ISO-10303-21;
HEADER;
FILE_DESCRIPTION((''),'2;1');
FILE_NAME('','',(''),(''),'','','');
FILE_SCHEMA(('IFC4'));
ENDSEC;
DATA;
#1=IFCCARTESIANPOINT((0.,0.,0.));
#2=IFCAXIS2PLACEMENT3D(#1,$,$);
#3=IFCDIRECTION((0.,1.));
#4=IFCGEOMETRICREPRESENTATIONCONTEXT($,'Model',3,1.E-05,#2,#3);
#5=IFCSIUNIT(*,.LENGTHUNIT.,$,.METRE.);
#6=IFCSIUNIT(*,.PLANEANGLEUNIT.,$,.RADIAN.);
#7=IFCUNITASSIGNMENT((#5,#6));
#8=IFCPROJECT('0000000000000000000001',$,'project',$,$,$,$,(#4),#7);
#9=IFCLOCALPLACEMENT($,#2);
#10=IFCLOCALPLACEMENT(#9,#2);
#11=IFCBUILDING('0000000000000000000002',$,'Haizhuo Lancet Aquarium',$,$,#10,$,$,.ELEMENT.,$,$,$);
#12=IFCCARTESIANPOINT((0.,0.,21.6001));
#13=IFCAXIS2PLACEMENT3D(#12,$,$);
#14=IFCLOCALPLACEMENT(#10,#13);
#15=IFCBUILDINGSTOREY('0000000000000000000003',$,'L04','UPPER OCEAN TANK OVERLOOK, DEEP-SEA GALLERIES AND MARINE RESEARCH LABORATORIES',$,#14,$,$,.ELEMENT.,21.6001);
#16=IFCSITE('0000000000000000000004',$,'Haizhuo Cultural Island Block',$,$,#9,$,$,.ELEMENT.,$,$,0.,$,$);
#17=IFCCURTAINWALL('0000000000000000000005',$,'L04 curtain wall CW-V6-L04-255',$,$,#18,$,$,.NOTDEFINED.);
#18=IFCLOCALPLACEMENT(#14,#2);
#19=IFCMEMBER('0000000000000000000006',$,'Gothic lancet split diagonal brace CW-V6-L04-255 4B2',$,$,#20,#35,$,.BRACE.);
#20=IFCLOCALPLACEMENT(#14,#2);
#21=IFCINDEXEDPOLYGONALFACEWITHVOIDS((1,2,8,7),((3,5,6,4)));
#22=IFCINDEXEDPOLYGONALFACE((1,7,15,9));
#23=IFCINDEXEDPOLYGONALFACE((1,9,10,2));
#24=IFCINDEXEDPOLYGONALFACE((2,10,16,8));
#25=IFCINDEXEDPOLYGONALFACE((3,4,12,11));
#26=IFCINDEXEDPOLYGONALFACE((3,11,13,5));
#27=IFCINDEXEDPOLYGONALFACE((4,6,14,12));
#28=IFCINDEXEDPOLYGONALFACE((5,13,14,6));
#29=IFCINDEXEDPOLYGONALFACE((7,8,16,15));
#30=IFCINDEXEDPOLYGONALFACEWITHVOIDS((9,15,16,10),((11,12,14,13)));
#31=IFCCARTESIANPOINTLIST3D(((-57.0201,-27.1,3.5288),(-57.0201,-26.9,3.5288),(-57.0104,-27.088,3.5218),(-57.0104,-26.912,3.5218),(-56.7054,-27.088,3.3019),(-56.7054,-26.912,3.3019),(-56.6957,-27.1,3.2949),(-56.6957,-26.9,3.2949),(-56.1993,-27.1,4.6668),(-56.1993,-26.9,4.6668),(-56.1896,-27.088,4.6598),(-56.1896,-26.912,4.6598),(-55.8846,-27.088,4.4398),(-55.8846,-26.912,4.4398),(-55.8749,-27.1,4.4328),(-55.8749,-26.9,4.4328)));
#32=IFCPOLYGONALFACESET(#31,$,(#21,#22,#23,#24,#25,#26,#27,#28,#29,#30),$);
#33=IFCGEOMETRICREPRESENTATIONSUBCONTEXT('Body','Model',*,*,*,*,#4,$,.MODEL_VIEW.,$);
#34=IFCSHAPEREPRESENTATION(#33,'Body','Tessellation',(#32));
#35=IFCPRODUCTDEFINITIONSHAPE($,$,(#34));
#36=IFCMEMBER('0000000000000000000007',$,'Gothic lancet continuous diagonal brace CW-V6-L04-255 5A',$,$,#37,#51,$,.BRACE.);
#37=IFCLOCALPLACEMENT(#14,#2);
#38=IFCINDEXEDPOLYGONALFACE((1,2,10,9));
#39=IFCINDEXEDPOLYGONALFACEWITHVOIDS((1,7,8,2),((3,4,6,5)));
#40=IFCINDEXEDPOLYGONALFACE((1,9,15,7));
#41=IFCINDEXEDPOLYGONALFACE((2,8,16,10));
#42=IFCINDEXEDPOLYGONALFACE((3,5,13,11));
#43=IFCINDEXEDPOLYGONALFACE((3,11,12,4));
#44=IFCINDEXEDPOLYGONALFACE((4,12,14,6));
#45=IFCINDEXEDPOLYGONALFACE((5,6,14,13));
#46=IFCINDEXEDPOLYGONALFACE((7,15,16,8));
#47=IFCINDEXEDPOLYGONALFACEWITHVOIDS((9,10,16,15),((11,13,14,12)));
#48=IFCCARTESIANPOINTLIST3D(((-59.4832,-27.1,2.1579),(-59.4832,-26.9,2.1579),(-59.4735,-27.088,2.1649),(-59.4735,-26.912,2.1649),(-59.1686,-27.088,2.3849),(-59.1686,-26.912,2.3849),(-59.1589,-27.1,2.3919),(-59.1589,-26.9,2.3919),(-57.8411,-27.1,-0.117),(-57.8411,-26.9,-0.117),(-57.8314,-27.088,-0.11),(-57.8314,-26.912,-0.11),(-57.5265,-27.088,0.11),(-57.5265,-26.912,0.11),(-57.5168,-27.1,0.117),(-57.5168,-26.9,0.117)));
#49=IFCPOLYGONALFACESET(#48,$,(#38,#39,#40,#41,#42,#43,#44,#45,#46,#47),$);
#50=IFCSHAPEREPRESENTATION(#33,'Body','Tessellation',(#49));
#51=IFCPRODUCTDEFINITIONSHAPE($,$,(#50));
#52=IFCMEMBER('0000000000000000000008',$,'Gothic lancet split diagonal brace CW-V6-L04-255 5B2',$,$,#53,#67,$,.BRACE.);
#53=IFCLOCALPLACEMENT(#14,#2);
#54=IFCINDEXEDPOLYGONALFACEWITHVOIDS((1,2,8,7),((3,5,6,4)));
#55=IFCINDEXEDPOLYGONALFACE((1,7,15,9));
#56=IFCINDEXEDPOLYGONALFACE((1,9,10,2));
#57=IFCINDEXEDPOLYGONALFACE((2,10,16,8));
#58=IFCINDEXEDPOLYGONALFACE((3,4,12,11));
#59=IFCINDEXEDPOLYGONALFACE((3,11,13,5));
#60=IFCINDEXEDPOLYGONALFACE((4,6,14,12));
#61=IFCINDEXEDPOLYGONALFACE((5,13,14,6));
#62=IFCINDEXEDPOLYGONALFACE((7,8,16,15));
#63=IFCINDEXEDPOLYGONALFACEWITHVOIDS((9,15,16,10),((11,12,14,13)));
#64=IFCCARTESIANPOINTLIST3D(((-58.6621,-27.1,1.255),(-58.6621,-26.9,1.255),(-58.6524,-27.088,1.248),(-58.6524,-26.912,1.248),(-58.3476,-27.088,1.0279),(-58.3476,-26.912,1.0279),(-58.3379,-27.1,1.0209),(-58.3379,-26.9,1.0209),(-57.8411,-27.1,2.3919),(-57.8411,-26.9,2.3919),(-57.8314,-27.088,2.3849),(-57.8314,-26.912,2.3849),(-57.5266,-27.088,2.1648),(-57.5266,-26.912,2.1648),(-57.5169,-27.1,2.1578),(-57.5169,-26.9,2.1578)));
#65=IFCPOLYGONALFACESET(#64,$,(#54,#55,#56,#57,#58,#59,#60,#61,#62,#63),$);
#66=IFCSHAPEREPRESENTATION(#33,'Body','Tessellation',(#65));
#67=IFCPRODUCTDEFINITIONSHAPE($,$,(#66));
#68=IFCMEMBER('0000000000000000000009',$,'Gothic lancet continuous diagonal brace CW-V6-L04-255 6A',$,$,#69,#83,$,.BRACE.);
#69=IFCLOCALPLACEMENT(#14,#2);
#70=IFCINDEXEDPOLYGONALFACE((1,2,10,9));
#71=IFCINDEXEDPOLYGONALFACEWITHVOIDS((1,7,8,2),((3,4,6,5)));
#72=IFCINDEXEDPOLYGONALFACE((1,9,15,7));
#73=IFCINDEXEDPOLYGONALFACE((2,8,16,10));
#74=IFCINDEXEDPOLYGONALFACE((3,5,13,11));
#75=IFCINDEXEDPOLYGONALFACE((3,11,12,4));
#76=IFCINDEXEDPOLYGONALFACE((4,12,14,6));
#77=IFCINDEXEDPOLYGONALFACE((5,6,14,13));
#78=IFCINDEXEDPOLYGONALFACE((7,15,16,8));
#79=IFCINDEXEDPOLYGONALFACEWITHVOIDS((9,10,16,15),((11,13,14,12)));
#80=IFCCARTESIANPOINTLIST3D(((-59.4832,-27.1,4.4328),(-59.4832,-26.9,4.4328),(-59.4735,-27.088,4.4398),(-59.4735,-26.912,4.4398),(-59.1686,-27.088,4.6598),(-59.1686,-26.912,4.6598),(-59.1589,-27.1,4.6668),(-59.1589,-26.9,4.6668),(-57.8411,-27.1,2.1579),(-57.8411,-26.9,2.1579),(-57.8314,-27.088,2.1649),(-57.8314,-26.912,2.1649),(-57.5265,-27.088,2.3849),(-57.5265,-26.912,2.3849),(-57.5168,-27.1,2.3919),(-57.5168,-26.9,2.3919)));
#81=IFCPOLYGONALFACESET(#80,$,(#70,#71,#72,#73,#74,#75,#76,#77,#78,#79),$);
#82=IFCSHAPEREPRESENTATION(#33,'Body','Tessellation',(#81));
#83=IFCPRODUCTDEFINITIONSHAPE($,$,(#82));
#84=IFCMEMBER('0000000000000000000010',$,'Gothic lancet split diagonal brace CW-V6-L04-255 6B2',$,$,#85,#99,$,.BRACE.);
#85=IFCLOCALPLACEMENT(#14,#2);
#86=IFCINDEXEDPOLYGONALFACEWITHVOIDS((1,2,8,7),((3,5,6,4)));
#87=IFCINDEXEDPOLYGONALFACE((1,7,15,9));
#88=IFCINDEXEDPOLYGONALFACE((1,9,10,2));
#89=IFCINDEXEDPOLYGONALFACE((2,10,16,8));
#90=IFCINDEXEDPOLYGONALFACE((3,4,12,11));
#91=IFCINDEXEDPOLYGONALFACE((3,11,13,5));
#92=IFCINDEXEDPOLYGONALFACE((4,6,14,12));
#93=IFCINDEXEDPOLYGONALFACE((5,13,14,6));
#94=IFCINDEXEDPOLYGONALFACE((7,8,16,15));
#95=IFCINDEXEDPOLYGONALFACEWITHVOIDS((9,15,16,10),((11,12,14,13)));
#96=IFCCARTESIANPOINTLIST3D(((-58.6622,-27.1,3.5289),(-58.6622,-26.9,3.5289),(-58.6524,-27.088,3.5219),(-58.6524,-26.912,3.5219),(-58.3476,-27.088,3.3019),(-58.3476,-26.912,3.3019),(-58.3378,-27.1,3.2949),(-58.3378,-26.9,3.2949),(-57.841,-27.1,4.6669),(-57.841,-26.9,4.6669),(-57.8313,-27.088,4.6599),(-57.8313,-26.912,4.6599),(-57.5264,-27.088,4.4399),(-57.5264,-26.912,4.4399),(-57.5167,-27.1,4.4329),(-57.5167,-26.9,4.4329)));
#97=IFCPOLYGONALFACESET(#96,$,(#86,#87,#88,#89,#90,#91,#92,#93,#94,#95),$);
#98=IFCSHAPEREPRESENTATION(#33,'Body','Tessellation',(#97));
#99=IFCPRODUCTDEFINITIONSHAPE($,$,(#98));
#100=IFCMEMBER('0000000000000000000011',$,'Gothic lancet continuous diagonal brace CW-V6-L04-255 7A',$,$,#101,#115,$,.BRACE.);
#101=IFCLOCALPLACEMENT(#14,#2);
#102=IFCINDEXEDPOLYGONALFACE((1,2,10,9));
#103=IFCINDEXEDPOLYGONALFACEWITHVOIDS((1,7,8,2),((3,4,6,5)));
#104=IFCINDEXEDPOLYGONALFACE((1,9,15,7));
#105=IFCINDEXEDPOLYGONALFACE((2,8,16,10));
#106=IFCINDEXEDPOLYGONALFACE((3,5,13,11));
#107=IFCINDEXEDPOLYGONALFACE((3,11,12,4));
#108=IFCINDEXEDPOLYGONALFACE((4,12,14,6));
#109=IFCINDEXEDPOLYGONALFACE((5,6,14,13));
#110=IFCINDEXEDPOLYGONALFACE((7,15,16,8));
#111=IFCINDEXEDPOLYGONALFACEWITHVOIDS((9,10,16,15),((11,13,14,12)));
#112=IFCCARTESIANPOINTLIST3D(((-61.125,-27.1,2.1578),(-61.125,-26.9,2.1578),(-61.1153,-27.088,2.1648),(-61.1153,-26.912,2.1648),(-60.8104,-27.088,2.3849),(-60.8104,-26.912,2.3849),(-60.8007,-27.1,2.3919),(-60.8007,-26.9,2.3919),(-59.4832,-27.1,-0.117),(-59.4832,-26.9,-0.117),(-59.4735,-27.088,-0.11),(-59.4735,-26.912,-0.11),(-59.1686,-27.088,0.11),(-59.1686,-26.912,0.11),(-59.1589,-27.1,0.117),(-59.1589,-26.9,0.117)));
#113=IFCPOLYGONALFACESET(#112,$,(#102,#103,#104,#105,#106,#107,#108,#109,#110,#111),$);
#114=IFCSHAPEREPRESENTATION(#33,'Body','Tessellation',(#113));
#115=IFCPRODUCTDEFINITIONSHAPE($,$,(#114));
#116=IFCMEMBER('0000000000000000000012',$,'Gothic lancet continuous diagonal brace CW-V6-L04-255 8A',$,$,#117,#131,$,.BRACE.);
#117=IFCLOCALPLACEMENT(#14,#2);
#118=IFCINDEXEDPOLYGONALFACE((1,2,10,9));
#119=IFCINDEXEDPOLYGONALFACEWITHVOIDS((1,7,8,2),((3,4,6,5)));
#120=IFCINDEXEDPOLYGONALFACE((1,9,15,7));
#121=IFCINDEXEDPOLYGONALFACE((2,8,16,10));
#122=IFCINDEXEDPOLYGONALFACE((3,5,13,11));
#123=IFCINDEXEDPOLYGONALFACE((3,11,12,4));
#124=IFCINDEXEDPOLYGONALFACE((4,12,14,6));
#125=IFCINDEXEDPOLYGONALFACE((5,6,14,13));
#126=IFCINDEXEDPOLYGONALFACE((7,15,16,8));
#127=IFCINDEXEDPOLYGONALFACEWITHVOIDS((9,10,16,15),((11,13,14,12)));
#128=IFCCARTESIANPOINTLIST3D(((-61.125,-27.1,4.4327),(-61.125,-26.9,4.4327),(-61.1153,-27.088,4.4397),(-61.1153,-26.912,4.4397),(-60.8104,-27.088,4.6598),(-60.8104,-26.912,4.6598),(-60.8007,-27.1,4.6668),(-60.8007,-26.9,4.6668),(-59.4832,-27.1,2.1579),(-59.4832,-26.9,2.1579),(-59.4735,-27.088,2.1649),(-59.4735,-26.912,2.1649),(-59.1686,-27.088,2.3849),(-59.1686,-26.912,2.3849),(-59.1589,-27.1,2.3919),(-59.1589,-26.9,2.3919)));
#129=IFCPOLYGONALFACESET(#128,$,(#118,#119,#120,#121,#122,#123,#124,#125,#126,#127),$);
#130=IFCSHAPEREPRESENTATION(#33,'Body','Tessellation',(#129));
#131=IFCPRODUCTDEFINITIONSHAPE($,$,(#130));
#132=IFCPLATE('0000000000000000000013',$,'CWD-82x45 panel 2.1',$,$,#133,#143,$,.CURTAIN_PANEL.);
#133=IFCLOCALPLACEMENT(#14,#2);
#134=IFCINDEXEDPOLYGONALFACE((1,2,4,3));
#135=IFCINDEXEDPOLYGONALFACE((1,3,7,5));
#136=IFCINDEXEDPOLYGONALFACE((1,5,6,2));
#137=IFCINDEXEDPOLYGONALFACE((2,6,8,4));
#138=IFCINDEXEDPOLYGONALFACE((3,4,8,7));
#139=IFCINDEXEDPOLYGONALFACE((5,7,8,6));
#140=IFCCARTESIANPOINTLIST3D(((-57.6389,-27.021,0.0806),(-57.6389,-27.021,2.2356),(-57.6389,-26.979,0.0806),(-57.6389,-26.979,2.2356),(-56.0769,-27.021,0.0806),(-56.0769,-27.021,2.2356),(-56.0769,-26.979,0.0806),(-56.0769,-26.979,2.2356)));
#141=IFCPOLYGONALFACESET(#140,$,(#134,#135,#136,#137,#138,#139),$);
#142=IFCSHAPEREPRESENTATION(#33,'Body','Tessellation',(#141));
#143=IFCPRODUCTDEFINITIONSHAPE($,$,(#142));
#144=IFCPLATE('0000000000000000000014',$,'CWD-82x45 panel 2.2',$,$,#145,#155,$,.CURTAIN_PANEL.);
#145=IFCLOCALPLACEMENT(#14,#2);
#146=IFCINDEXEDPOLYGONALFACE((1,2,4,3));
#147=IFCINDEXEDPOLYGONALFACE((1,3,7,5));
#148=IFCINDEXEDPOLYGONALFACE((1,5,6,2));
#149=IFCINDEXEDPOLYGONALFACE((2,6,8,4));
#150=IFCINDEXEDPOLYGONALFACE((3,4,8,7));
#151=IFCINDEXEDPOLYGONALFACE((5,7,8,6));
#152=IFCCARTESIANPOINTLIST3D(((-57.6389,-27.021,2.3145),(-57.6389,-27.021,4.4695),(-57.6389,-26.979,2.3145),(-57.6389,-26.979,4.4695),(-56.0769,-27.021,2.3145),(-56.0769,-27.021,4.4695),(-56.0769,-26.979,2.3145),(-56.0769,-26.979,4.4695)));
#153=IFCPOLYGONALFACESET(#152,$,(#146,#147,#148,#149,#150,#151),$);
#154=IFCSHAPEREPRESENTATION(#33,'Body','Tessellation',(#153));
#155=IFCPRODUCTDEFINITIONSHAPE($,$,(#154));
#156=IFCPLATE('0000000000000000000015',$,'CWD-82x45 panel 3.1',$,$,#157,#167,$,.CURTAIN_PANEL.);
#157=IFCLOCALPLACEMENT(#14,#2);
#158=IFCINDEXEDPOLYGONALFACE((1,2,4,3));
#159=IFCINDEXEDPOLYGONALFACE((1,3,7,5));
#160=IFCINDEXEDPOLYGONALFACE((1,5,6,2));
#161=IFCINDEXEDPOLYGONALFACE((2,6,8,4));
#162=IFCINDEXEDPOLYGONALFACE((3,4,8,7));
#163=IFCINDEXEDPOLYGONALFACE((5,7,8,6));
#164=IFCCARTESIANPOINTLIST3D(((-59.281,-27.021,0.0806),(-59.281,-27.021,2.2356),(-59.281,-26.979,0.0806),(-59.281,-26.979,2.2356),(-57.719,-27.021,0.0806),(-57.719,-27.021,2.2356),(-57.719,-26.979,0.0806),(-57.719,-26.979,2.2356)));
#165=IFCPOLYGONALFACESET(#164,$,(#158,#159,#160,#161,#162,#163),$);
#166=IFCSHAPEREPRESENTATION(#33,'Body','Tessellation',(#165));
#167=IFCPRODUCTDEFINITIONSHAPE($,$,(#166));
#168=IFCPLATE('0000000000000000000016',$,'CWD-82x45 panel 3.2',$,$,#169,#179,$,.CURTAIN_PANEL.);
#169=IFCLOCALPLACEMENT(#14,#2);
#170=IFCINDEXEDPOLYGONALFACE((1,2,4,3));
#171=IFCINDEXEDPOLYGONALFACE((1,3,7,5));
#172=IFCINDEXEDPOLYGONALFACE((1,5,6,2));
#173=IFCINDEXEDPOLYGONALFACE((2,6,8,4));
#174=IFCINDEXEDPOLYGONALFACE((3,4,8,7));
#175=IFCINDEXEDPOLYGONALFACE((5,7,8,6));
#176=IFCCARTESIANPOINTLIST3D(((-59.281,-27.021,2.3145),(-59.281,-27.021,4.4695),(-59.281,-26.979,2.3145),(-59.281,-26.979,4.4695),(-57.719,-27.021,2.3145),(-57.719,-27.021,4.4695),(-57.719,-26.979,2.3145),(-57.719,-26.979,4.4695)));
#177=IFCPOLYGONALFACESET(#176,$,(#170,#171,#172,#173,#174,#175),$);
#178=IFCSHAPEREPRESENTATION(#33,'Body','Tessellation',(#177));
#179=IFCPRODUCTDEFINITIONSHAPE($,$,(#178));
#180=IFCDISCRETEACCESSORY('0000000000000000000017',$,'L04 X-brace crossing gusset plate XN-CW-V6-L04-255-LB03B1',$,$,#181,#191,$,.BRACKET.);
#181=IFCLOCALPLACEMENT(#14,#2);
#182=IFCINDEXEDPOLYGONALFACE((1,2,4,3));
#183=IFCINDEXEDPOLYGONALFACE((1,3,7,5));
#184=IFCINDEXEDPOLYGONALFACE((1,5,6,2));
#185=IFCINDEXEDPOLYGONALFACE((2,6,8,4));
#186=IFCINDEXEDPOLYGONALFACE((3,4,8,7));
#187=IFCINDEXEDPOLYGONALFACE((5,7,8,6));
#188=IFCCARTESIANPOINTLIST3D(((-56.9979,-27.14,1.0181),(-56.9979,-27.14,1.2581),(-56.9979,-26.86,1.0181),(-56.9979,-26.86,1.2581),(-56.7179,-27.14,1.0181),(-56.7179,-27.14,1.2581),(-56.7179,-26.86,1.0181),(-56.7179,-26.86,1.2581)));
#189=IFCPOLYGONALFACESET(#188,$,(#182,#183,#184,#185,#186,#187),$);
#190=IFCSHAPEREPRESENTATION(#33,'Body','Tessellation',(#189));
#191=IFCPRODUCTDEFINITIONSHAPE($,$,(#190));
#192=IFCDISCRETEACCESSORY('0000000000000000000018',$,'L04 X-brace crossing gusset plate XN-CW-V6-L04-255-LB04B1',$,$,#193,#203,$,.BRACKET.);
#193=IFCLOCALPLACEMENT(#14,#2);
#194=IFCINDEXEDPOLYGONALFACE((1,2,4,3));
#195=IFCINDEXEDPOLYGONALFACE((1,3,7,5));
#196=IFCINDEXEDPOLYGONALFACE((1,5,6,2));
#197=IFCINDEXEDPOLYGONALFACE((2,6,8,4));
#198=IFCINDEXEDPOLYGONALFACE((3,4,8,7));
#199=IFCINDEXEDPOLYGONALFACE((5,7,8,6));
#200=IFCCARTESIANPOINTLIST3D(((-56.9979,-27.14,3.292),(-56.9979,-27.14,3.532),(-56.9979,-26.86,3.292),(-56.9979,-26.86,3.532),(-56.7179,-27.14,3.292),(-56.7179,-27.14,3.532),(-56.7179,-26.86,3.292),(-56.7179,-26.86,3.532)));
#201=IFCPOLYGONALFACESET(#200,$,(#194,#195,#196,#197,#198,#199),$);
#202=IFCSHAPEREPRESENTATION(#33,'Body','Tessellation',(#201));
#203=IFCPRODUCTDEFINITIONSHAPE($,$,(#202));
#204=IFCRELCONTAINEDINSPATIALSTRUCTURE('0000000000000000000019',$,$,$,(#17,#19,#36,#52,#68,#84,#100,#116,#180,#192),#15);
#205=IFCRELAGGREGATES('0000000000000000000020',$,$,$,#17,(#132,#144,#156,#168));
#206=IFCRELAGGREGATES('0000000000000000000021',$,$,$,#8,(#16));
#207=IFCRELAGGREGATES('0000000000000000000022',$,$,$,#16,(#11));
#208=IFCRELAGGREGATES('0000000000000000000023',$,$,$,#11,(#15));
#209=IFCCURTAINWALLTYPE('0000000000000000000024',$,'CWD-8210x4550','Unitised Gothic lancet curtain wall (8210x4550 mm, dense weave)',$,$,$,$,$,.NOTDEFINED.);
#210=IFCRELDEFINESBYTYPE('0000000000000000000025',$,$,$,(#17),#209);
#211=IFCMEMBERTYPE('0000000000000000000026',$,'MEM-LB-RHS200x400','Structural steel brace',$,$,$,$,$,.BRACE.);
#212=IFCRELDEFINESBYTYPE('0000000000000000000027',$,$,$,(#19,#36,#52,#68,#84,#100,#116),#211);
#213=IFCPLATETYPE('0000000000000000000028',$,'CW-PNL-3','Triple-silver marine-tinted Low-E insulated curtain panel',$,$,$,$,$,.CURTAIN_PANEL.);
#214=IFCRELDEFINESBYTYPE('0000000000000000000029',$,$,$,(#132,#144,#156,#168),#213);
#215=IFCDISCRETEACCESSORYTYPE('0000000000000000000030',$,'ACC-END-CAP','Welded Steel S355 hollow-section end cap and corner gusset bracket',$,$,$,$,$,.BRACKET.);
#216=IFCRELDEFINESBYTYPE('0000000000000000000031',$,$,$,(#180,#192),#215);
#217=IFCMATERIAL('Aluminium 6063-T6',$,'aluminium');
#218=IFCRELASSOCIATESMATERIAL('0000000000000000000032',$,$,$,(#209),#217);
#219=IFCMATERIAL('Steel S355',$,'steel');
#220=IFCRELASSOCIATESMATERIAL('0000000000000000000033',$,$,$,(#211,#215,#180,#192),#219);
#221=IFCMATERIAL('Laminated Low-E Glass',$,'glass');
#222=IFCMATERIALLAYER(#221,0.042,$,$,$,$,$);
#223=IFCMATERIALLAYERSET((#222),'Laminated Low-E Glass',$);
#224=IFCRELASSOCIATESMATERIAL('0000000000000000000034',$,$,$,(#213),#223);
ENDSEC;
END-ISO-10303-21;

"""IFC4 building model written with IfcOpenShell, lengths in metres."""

from ifc_helpers import new_model, si_unit, direction, frame, origin, origin_2d, place, context, subcontext, project, spatial, rectangle, hollow_rectangle, extrude, material, layer, layer_set, material_profile, profile_set, type_object, element, aggregate, save


model = new_model("IFC4")

# Units and contexts
model_context = context("Model", 3, precision=1e-05, world=origin(), true_north=direction((0.0, 1.0)))
body_context = subcontext(model_context, "Body", "Model", "MODEL_VIEW")
ifc_project = project(units=[si_unit("LENGTHUNIT", "METRE"), si_unit("PLANEANGLEUNIT", "RADIAN")], contexts=[model_context])

# Site, building, storey
site_placement = place(None, origin())
site = spatial("IfcSite", under=ifc_project, at=site_placement, Name="Haizhuo Cultural Island Block", CompositionType="ELEMENT", RefElevation=0.0)
building_placement = place(site_placement, origin())
building = spatial("IfcBuilding", under=site, at=building_placement, Name="Haizhuo Lancet Aquarium", CompositionType="ELEMENT")
storey_placement = place(building_placement, frame((0.0, 0.0, 21.6001)))
storey = spatial("IfcBuildingStorey", under=building, at=storey_placement, Name="L04", Description="UPPER OCEAN TANK OVERLOOK, DEEP-SEA GALLERIES AND MARINE RESEARCH LABORATORIES", CompositionType="ELEMENT", Elevation=21.6001)

# Curtain wall
ifc_material_1 = material(Name="Aluminium 6063-T6", Category="aluminium")
curtain_wall_type = type_object("IfcCurtainWallType", Name="CWD-8210x4550", Description="Unitised Gothic lancet curtain wall (8210x4550 mm, dense weave)", PredefinedType="NOTDEFINED", material=ifc_material_1)
curtain_wall_placement = place(storey_placement, origin())
curtain_wall = element("IfcCurtainWall", 1, at=curtain_wall_placement, inside=storey, type_object=curtain_wall_type, Name="L04 curtain wall CW-V6-L04-255", PredefinedType="NOTDEFINED")

# Members
ifc_material_2 = material(Name="Steel S355", Category="steel")
ifc_material_profile_1 = material_profile(ifc_material_2, hollow_rectangle(XDim=0.2, YDim=0.3999, WallThickness=0.012, at=origin_2d()), Name="RHS 200x400x12")
ifc_profile_set_1 = profile_set([ifc_material_profile_1], Name="Steel S355")
member_type_1 = type_object("IfcMemberType", Name="MEM-LB-RHS200x400", Description="Structural steel brace", PredefinedType="BRACE", material=ifc_profile_set_1)
member_1_placement = place(storey_placement, frame((-56.8579, -27.0, 3.4119), z_axis=(0.585001, 0.0, 0.811032), x_axis=(0.0, 1.0, 0.0)))
element("IfcMember", 2, at=member_1_placement, inside=storey, type_object=member_type_1, Name="Gothic lancet split diagonal brace CW-V6-L04-255 4B2", PredefinedType="BRACE", context=body_context, shape_type="SweptSolid", body=[
    extrude(hollow_rectangle(XDim=0.2, YDim=0.3999, WallThickness=0.012, at=origin_2d()), origin(), (0.0, 0.0, 1.0), 1.4031),
])
member_2_placement = place(storey_placement, frame((-57.679, -27.0, 0.0), z_axis=(-0.585281, 0.0, 0.810831), x_axis=(0.0, -1.0, 0.0)))
element("IfcMember", 3, at=member_2_placement, inside=storey, type_object=member_type_1, Name="Gothic lancet continuous diagonal brace CW-V6-L04-255 5A", PredefinedType="BRACE", context=body_context, shape_type="SweptSolid", body=[
    extrude(hollow_rectangle(XDim=0.2, YDim=0.3999, WallThickness=0.012, at=origin_2d()), origin(), (0.0, 0.0, 1.0), 2.8057),
])
member_3_placement = place(storey_placement, frame((-58.5, -27.0, 1.1379), z_axis=(0.585446, 0.0, 0.810711), x_axis=(0.0, 1.0, 0.0)))
element("IfcMember", 4, at=member_3_placement, inside=storey, type_object=member_type_1, Name="Gothic lancet split diagonal brace CW-V6-L04-255 5B2", PredefinedType="BRACE", context=body_context, shape_type="SweptSolid", body=[
    extrude(hollow_rectangle(XDim=0.2, YDim=0.3999, WallThickness=0.012, at=origin_2d()), origin(), (0.0, 0.0, 1.0), 1.4023),
])
member_4_placement = place(storey_placement, frame((-57.679, -27.0, 2.2749), z_axis=(-0.585281, 0.0, 0.810831), x_axis=(0.0, -1.0, 0.0)))
element("IfcMember", 5, at=member_4_placement, inside=storey, type_object=member_type_1, Name="Gothic lancet continuous diagonal brace CW-V6-L04-255 6A", PredefinedType="BRACE", context=body_context, shape_type="SweptSolid", body=[
    extrude(hollow_rectangle(XDim=0.2, YDim=0.3999, WallThickness=0.012, at=origin_2d()), origin(), (0.0, 0.0, 1.0), 2.8057),
])
member_5_placement = place(storey_placement, frame((-58.5, -27.0, 3.4119), z_axis=(0.585116, 0.0, 0.81095), x_axis=(0.0, 1.0, 0.0)))
element("IfcMember", 6, at=member_5_placement, inside=storey, type_object=member_type_1, Name="Gothic lancet split diagonal brace CW-V6-L04-255 6B2", PredefinedType="BRACE", context=body_context, shape_type="SweptSolid", body=[
    extrude(hollow_rectangle(XDim=0.2, YDim=0.3999, WallThickness=0.012, at=origin_2d()), origin(), (0.0, 0.0, 1.0), 1.4033),
])
for number, where, z_axis, x_axis, name in (
    (7, (-59.321, -27.0, 0.0), (-0.585224, 0.0, 0.810872), (0.0, -1.0, 0.0), "Gothic lancet continuous diagonal brace CW-V6-L04-255 7A"),
    (8, (-59.321, -27.0, 2.2749), (-0.585224, 0.0, 0.810872), (0.0, -1.0, 0.0), "Gothic lancet continuous diagonal brace CW-V6-L04-255 8A"),
):
    element("IfcMember", number, at=place(storey_placement, frame(where, z_axis=z_axis, x_axis=x_axis)), inside=storey, type_object=member_type_1, Name=name, PredefinedType="BRACE", context=body_context, shape_type="SweptSolid", body=[
        extrude(hollow_rectangle(XDim=0.2, YDim=0.3999, WallThickness=0.012, at=origin_2d()), origin(), (0.0, 0.0, 1.0), 2.8054),
    ])

# Plates
ifc_material_3 = material(Name="Laminated Low-E Glass", Category="glass")
ifc_layer = layer(ifc_material_3, 0.042)
ifc_layer_set = layer_set([ifc_layer], Name="Laminated Low-E Glass")
plate_type = type_object("IfcPlateType", Name="CW-PNL-3", Description="Triple-silver marine-tinted Low-E insulated curtain panel", PredefinedType="CURTAIN_PANEL", material=ifc_layer_set)
plate_1_placement = place(storey_placement, frame((-56.8579, -27.0, 0.0806), z_axis=(0.0, 0.0, 1.0), x_axis=(-1.0, 0.0, 0.0)))
plate_1 = element("IfcPlate", 9, at=plate_1_placement, type_object=plate_type, Name="CWD-82x45 panel 2.1", PredefinedType="CURTAIN_PANEL", context=body_context, shape_type="SweptSolid", body=[
    extrude(rectangle(XDim=1.562, YDim=0.042, at=origin_2d()), origin(), (0.0, 0.0, 1.0), 2.155),
])
plate_2_placement = place(storey_placement, frame((-56.8579, -27.0, 2.3145), z_axis=(0.0, 0.0, 1.0), x_axis=(-1.0, 0.0, 0.0)))
plate_2 = element("IfcPlate", 10, at=plate_2_placement, type_object=plate_type, Name="CWD-82x45 panel 2.2", PredefinedType="CURTAIN_PANEL", context=body_context, shape_type="SweptSolid", body=[
    extrude(rectangle(XDim=1.562, YDim=0.042, at=origin_2d()), origin(), (0.0, 0.0, 1.0), 2.155),
])
plate_3_placement = place(storey_placement, frame((-58.5, -27.0, 0.0806), z_axis=(0.0, 0.0, 1.0), x_axis=(-1.0, 0.0, 0.0)))
plate_3 = element("IfcPlate", 11, at=plate_3_placement, type_object=plate_type, Name="CWD-82x45 panel 3.1", PredefinedType="CURTAIN_PANEL", context=body_context, shape_type="SweptSolid", body=[
    extrude(rectangle(XDim=1.562, YDim=0.042, at=origin_2d()), origin(), (0.0, 0.0, 1.0), 2.155),
])
plate_4_placement = place(storey_placement, frame((-58.5, -27.0, 2.3145), z_axis=(0.0, 0.0, 1.0), x_axis=(-1.0, 0.0, 0.0)))
plate_4 = element("IfcPlate", 12, at=plate_4_placement, type_object=plate_type, Name="CWD-82x45 panel 3.2", PredefinedType="CURTAIN_PANEL", context=body_context, shape_type="SweptSolid", body=[
    extrude(rectangle(XDim=1.562, YDim=0.042, at=origin_2d()), origin(), (0.0, 0.0, 1.0), 2.155),
])
aggregate(curtain_wall, [plate_1, plate_2, plate_3, plate_4])

# Discrete accessories
discrete_accessory_type = type_object("IfcDiscreteAccessoryType", Name="ACC-END-CAP", Description="Welded Steel S355 hollow-section end cap and corner gusset bracket", PredefinedType="BRACKET", material=ifc_material_2)
for number, where, z_axis, x_axis, name in (
    (13, (-56.8579, -27.0, 1.0181), (0.0, 0.0, 1.0), (1.0, 0.0, 0.0), "L04 X-brace crossing gusset plate XN-CW-V6-L04-255-LB03B1"),
    (14, (-56.8579, -27.0, 3.292), (0.0, 0.0, 1.0), (1.0, 0.0, 0.0), "L04 X-brace crossing gusset plate XN-CW-V6-L04-255-LB04B1"),
):
    element("IfcDiscreteAccessory", number, at=place(storey_placement, frame(where, z_axis=z_axis, x_axis=x_axis)), inside=storey, type_object=discrete_accessory_type, material=ifc_material_2, Name=name, PredefinedType="BRACKET", context=body_context, shape_type="SweptSolid", body=[
        extrude(rectangle(XDim=0.28, YDim=0.28, at=origin_2d()), origin(), (0.0, 0.0, 1.0), 0.24),
    ])

save(model, "model.ifc")
